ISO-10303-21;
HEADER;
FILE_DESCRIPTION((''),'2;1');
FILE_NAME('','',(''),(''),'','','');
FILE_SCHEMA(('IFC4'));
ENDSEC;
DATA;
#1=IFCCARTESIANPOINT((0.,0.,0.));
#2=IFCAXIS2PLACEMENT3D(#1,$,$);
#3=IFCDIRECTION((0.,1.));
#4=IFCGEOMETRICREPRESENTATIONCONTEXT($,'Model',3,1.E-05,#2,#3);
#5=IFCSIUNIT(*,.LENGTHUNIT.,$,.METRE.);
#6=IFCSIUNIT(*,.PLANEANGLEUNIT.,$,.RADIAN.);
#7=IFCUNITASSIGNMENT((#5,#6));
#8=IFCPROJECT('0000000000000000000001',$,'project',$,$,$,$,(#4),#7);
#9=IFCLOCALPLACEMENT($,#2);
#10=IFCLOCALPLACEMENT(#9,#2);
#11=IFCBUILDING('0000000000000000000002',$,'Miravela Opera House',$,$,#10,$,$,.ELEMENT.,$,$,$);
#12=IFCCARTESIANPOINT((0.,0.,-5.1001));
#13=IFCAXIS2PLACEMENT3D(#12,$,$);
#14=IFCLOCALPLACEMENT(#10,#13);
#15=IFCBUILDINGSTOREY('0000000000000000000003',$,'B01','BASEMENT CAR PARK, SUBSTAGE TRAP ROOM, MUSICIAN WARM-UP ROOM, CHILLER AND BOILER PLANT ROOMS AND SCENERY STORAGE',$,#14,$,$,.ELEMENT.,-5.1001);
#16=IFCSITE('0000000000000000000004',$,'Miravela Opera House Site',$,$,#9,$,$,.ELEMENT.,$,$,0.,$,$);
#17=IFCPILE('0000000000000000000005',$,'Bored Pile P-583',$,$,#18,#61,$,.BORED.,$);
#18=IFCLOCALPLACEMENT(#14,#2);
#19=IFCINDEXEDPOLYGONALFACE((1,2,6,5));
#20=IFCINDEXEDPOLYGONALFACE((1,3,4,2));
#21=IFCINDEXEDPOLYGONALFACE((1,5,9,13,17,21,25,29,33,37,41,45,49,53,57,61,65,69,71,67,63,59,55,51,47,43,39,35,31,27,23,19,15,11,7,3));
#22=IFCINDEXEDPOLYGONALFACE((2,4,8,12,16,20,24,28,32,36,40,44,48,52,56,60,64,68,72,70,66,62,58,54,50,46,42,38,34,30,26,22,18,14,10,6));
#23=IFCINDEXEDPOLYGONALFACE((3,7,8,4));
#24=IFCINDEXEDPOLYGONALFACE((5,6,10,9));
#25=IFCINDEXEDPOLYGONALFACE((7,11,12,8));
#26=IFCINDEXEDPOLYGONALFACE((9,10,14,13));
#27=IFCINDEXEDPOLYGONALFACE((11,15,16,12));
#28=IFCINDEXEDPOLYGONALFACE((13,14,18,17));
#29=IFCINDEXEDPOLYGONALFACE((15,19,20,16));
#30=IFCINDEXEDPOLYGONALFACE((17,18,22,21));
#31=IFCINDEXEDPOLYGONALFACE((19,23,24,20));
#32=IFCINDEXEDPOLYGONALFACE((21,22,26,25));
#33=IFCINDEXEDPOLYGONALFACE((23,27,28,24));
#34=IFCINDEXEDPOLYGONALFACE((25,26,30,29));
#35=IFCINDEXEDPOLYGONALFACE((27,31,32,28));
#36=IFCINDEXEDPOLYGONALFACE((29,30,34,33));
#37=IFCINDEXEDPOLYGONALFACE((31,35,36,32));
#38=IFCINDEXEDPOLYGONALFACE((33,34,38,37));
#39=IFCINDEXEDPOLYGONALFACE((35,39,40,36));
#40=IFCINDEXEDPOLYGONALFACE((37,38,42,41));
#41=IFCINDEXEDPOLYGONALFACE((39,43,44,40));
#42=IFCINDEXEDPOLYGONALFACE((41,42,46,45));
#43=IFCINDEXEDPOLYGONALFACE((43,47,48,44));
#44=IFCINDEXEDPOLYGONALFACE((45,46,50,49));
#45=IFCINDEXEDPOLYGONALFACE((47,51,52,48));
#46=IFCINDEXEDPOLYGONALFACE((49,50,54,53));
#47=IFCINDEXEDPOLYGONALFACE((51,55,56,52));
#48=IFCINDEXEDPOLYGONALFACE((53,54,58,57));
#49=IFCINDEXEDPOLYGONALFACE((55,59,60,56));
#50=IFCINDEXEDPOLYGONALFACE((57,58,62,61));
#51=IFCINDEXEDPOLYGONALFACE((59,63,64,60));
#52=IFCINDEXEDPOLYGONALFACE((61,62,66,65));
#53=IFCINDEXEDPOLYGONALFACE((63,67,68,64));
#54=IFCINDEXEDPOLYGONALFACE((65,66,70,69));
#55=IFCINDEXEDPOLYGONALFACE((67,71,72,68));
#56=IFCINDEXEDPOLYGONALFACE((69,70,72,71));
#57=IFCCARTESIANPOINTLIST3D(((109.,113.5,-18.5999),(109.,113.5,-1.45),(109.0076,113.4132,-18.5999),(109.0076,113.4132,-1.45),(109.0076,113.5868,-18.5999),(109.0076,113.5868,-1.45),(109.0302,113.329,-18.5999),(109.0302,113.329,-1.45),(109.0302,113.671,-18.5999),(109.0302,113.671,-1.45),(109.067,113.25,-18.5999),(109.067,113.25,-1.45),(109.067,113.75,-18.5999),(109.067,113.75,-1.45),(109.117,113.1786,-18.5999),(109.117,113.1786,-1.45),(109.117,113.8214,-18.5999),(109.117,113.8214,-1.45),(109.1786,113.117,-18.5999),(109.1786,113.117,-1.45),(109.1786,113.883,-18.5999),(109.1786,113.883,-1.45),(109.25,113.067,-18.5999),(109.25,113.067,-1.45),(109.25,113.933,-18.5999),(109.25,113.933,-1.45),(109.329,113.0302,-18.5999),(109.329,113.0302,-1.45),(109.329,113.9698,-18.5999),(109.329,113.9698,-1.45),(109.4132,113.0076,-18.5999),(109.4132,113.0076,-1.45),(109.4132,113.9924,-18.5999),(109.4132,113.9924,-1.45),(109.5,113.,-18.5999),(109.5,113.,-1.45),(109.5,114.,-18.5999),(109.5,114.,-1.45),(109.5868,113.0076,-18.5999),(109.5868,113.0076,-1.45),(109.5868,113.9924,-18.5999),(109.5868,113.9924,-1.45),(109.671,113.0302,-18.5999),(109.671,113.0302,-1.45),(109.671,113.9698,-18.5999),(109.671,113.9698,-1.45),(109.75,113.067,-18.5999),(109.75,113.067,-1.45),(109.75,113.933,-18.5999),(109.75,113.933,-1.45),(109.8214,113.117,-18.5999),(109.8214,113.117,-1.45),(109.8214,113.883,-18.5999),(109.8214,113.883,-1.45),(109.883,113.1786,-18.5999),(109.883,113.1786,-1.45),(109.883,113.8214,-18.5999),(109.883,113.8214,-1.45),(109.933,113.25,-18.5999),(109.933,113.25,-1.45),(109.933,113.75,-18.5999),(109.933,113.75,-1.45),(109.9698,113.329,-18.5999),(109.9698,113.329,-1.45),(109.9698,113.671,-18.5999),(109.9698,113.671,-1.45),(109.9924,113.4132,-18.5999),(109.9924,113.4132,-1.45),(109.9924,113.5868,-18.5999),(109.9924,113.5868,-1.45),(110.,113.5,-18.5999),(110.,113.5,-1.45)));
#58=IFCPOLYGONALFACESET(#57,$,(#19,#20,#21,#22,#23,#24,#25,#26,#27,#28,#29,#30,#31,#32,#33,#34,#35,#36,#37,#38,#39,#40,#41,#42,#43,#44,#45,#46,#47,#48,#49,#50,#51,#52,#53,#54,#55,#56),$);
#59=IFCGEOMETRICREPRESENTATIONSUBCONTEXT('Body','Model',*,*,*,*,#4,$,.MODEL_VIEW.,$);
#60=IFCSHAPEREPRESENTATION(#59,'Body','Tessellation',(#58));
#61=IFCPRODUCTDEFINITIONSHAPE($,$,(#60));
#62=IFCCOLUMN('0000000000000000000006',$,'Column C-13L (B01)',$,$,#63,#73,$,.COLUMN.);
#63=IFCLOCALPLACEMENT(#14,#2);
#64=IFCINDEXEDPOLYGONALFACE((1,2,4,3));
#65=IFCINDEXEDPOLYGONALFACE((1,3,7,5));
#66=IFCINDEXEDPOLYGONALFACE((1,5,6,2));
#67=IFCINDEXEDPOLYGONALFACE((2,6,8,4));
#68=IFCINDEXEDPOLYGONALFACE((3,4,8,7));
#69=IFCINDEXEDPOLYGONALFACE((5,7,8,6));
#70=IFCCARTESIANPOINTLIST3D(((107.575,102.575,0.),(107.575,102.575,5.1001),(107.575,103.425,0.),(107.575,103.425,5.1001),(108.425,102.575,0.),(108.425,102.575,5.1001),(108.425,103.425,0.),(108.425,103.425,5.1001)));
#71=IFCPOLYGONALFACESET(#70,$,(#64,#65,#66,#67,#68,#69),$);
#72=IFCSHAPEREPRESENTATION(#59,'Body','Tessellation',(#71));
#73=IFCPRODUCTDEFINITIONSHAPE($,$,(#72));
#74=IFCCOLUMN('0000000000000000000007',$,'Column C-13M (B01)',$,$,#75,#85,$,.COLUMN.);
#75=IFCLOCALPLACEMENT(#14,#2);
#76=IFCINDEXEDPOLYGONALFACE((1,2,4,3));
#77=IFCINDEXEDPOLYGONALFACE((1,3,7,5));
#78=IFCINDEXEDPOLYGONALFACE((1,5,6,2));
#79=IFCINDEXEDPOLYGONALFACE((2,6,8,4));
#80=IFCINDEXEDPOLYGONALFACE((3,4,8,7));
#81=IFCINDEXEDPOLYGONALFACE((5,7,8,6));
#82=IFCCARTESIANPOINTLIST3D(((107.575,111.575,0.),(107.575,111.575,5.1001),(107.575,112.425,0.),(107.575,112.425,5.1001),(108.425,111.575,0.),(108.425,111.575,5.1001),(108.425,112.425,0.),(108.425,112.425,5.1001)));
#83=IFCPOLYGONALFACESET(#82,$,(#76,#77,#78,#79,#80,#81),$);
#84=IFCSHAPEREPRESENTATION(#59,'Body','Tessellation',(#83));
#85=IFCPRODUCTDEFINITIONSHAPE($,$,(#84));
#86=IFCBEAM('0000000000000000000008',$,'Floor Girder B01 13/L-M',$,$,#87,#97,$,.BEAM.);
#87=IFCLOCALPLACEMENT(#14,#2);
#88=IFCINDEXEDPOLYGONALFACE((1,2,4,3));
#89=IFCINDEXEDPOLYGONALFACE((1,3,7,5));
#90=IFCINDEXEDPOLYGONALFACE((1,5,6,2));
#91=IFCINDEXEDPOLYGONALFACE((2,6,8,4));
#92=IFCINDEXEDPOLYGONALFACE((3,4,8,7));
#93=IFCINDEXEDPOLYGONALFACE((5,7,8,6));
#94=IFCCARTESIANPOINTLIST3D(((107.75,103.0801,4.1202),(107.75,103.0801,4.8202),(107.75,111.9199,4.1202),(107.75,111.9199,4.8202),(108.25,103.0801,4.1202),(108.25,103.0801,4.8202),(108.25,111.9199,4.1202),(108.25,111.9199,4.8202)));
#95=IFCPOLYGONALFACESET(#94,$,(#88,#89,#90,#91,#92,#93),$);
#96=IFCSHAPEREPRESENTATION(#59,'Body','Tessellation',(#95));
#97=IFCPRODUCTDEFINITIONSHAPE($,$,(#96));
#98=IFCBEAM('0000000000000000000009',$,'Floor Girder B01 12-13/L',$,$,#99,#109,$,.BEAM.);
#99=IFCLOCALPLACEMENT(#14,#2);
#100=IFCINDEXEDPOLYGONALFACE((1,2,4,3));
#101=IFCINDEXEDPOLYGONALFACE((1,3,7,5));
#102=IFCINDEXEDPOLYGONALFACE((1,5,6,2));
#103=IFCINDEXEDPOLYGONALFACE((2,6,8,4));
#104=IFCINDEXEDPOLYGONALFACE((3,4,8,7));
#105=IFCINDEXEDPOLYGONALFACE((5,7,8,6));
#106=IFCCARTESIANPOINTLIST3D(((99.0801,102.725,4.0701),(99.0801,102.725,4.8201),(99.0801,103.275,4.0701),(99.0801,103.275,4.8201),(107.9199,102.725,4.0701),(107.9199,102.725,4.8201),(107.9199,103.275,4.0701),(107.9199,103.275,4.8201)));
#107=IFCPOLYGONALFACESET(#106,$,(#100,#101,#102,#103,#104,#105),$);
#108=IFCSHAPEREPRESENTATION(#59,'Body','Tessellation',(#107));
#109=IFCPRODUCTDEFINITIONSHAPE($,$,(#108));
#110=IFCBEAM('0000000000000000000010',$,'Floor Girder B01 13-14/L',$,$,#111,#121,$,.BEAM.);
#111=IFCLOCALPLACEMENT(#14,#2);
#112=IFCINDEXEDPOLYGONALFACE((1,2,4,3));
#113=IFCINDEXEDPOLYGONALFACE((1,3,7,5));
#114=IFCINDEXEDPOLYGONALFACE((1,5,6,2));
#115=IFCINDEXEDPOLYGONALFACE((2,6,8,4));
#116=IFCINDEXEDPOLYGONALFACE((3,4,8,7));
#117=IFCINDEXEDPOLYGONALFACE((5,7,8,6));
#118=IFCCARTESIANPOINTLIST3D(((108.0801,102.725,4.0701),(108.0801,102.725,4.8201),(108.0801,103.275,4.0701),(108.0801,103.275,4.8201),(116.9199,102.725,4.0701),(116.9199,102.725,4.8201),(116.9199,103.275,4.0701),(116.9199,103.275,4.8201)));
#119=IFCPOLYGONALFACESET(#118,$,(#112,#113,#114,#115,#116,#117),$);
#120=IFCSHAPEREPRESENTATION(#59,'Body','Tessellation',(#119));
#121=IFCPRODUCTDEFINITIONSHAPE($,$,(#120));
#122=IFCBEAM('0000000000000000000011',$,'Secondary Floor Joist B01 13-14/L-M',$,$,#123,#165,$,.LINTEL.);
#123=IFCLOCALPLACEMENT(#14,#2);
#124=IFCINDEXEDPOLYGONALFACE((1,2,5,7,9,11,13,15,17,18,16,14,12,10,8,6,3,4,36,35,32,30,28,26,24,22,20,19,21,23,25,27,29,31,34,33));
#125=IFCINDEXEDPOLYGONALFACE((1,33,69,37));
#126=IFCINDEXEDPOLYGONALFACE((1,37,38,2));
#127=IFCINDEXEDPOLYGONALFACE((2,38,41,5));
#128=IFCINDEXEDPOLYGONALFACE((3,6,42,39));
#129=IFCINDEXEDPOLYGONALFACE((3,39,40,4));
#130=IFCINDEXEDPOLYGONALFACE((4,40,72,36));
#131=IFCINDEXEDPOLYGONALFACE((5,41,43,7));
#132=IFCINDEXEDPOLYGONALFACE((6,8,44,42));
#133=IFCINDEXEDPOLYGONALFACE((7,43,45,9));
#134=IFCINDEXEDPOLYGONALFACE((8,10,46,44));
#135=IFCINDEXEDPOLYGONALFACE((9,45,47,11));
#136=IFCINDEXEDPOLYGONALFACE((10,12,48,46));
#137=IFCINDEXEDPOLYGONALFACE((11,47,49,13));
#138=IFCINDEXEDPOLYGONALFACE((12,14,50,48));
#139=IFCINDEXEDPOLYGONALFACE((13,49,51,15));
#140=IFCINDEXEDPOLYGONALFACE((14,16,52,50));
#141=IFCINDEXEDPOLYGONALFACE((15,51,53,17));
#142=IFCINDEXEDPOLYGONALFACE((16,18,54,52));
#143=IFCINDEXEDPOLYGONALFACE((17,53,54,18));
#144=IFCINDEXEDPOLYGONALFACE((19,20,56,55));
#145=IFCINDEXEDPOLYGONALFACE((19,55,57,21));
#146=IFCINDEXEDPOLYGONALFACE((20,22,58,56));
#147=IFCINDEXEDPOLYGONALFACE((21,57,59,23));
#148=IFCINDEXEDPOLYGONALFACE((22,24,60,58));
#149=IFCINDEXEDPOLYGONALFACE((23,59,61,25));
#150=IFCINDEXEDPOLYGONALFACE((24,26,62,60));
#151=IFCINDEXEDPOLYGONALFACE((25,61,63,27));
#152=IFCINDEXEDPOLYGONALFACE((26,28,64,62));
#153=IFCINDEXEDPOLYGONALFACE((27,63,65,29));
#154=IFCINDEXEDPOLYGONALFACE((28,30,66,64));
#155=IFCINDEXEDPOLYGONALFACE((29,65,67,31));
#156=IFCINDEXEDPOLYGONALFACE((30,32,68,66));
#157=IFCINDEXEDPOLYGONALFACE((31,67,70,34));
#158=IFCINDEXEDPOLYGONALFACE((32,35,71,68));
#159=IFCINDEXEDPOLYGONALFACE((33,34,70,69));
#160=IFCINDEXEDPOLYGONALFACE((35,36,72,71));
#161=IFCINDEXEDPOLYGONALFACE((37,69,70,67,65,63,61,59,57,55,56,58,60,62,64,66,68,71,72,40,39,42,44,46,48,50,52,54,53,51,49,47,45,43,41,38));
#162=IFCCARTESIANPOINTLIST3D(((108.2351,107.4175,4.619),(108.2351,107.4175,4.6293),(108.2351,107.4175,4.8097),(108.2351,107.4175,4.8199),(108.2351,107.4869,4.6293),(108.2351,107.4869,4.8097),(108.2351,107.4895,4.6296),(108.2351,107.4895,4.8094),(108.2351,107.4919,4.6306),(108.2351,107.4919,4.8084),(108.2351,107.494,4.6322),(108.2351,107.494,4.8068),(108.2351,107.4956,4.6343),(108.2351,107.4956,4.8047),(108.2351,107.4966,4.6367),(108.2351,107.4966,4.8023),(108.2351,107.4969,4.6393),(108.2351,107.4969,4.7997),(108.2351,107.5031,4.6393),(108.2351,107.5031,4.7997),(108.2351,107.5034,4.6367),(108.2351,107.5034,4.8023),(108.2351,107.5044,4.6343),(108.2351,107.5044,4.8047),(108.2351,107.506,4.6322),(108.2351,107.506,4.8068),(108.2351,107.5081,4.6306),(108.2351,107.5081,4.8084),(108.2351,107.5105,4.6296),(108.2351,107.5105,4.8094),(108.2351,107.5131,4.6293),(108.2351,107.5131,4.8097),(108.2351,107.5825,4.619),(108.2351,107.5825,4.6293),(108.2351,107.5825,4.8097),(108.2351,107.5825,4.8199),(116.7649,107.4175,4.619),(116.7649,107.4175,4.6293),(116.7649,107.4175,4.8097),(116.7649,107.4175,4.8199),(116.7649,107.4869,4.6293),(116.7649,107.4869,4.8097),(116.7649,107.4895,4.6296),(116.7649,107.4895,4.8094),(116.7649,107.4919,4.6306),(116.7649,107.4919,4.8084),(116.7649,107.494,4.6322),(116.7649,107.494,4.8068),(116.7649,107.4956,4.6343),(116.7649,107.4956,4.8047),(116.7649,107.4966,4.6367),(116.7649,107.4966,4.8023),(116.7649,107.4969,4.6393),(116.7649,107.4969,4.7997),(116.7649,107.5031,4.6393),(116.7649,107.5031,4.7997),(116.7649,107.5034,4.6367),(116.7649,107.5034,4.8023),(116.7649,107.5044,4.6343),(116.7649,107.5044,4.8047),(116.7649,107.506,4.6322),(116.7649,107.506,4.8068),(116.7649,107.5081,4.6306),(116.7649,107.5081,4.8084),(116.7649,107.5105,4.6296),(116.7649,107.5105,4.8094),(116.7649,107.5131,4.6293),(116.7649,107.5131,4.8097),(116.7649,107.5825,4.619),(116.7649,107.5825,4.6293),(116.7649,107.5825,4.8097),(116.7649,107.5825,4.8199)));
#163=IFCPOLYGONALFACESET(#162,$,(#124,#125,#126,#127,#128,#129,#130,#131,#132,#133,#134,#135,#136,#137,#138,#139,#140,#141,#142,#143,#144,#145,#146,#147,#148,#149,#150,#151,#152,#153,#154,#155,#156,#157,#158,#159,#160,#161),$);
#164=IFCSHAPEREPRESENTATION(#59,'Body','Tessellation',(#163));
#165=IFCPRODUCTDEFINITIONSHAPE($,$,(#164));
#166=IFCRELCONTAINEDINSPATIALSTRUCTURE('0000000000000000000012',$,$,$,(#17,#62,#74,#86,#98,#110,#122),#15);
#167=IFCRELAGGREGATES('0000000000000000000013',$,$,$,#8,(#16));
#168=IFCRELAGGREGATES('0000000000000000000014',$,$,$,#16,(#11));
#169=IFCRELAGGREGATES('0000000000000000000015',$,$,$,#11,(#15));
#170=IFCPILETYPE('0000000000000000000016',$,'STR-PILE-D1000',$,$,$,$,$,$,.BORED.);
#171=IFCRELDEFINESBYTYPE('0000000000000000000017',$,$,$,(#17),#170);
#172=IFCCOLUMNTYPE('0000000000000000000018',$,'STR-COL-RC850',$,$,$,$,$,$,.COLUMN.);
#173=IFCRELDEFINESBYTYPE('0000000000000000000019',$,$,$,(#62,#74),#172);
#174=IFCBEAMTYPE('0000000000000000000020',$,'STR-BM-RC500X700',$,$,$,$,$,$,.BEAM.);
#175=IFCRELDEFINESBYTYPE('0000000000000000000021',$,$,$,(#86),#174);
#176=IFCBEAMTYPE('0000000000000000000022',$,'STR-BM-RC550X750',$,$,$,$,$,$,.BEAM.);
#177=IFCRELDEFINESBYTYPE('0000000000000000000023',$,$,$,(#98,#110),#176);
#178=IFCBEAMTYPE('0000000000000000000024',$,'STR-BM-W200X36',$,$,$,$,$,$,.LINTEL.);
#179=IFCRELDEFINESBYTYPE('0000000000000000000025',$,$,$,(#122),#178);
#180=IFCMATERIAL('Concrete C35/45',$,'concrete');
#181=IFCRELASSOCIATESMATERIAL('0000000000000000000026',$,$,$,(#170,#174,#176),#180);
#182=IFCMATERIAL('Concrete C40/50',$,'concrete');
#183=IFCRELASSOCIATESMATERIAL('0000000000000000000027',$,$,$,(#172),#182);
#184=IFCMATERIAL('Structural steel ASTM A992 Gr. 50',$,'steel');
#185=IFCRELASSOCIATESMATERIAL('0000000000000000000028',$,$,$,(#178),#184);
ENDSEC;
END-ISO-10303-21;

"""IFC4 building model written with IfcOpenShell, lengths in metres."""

from ifc_helpers import new_model, si_unit, direction, frame, origin, origin_2d, place, context, subcontext, project, spatial, rectangle, circle, i_section, extrude, material, material_profile, profile_set, type_object, element, save


model = new_model("IFC4")

# Units and contexts
model_context = context("Model", 3, precision=1e-05, world=origin(), true_north=direction((0.0, 1.0)))
body_context = subcontext(model_context, "Body", "Model", "MODEL_VIEW")
ifc_project = project(units=[si_unit("LENGTHUNIT", "METRE"), si_unit("PLANEANGLEUNIT", "RADIAN")], contexts=[model_context])

# Site, building, storey
site_placement = place(None, origin())
site = spatial("IfcSite", under=ifc_project, at=site_placement, Name="Miravela Opera House Site", CompositionType="ELEMENT", RefElevation=0.0)
building_placement = place(site_placement, origin())
building = spatial("IfcBuilding", under=site, at=building_placement, Name="Miravela Opera House", CompositionType="ELEMENT")
storey_placement = place(building_placement, frame((0.0, 0.0, -5.1001)))
storey = spatial("IfcBuildingStorey", under=building, at=storey_placement, Name="B01", Description="BASEMENT CAR PARK, SUBSTAGE TRAP ROOM, MUSICIAN WARM-UP ROOM, CHILLER AND BOILER PLANT ROOMS AND SCENERY STORAGE", CompositionType="ELEMENT", Elevation=-5.1001)

# Shared definitions
ifc_material_1 = material(Name="Concrete C35/45", Category="concrete")

# Pile
ifc_material_profile_1 = material_profile(ifc_material_1, circle(Radius=0.5, at=origin_2d()), Name="PILE-D1000")
ifc_profile_set_1 = profile_set([ifc_material_profile_1])
pile_type = type_object("IfcPileType", Name="STR-PILE-D1000", PredefinedType="BORED", material=ifc_profile_set_1)
for number, where, z_axis, x_axis, name in (
    (1, (109.5, 113.5, -1.45), (0.0, 0.0, -1.0), (1.0, 0.0, 0.0), "Bored Pile P-583"),
):
    element("IfcPile", number, at=place(storey_placement, frame(where, z_axis=z_axis, x_axis=x_axis)), inside=storey, type_object=pile_type, Name=name, PredefinedType="BORED", context=body_context, shape_type="SweptSolid", body=[
        extrude(circle(Radius=0.5, at=origin_2d()), origin(), (0.0, 0.0, 1.0), 17.1499),
    ])

# Columns
ifc_material_2 = material(Name="Concrete C40/50", Category="concrete")
ifc_material_profile_2 = material_profile(ifc_material_2, rectangle(XDim=0.8501, YDim=0.8501, at=origin_2d()), Name="RC-COL-850X850")
ifc_profile_set_2 = profile_set([ifc_material_profile_2])
column_type = type_object("IfcColumnType", Name="STR-COL-RC850", PredefinedType="COLUMN", material=ifc_profile_set_2)
for number, where, z_axis, x_axis, name in (
    (2, (108.0, 103.0, 0.0), (0.0, 0.0, 1.0), (1.0, 0.0, 0.0), "Column C-13L (B01)"),
    (3, (108.0, 112.0, 0.0), (0.0, 0.0, 1.0), (1.0, 0.0, 0.0), "Column C-13M (B01)"),
):
    element("IfcColumn", number, at=place(storey_placement, frame(where, z_axis=z_axis, x_axis=x_axis)), inside=storey, type_object=column_type, Name=name, PredefinedType="COLUMN", context=body_context, shape_type="SweptSolid", body=[
        extrude(rectangle(XDim=0.8501, YDim=0.8501, at=origin_2d()), origin(), (0.0, 0.0, 1.0), 5.1001),
    ])

# Beams
ifc_material_profile_3 = material_profile(ifc_material_1, rectangle(XDim=0.5, YDim=0.7, at=origin_2d()), Name="RC-BM-500X700")
ifc_profile_set_3 = profile_set([ifc_material_profile_3])
beam_type_1 = type_object("IfcBeamType", Name="STR-BM-RC500X700", PredefinedType="BEAM", material=ifc_profile_set_3)
beam_1_placement = place(storey_placement, frame((108.0, 103.0801, 4.4702), z_axis=(0.0, 1.0, 0.0), x_axis=(-1.0, 0.0, 0.0)))
element("IfcBeam", 4, at=beam_1_placement, inside=storey, type_object=beam_type_1, Name="Floor Girder B01 13/L-M", PredefinedType="BEAM", context=body_context, shape_type="SweptSolid", body=[
    extrude(rectangle(XDim=0.5, YDim=0.7, at=origin_2d()), origin(), (0.0, 0.0, 1.0), 8.8398),
])
ifc_material_profile_4 = material_profile(ifc_material_1, rectangle(XDim=0.55, YDim=0.75, at=origin_2d()), Name="RC-BM-550X750")
ifc_profile_set_4 = profile_set([ifc_material_profile_4])
beam_type_2 = type_object("IfcBeamType", Name="STR-BM-RC550X750", PredefinedType="BEAM", material=ifc_profile_set_4)
for number, where, z_axis, x_axis, name in (
    (5, (99.0801, 103.0, 4.4451), (1.0, 0.0, 0.0), (0.0, 1.0, 0.0), "Floor Girder B01 12-13/L"),
    (6, (108.0801, 103.0, 4.4451), (1.0, 0.0, 0.0), (0.0, 1.0, 0.0), "Floor Girder B01 13-14/L"),
):
    element("IfcBeam", number, at=place(storey_placement, frame(where, z_axis=z_axis, x_axis=x_axis)), inside=storey, type_object=beam_type_2, Name=name, PredefinedType="BEAM", context=body_context, shape_type="SweptSolid", body=[
        extrude(rectangle(XDim=0.55, YDim=0.75, at=origin_2d()), origin(), (0.0, 0.0, 1.0), 8.8398),
    ])
ifc_material_3 = material(Name="Structural steel ASTM A992 Gr. 50", Category="steel")
ifc_material_profile_5 = material_profile(ifc_material_3, i_section(OverallWidth=0.165, OverallDepth=0.2009, WebThickness=0.0061, FlangeThickness=0.0103, FilletRadius=0.01, at=origin_2d()), Name="W200X36")
ifc_profile_set_5 = profile_set([ifc_material_profile_5])
beam_type_3 = type_object("IfcBeamType", Name="STR-BM-W200X36", PredefinedType="LINTEL", material=ifc_profile_set_5)
beam_2_placement = place(storey_placement, frame((108.2351, 107.5, 4.7195), z_axis=(1.0, 0.0, 0.0), x_axis=(0.0, 1.0, 0.0)))
element("IfcBeam", 7, at=beam_2_placement, inside=storey, type_object=beam_type_3, Name="Secondary Floor Joist B01 13-14/L-M", PredefinedType="LINTEL", context=body_context, shape_type="SweptSolid", body=[
    extrude(i_section(OverallWidth=0.165, OverallDepth=0.2009, WebThickness=0.0061, FlangeThickness=0.0103, FilletRadius=0.01, at=origin_2d()), origin(), (0.0, 0.0, 1.0), 8.5298),
])

save(model, "model.ifc")
